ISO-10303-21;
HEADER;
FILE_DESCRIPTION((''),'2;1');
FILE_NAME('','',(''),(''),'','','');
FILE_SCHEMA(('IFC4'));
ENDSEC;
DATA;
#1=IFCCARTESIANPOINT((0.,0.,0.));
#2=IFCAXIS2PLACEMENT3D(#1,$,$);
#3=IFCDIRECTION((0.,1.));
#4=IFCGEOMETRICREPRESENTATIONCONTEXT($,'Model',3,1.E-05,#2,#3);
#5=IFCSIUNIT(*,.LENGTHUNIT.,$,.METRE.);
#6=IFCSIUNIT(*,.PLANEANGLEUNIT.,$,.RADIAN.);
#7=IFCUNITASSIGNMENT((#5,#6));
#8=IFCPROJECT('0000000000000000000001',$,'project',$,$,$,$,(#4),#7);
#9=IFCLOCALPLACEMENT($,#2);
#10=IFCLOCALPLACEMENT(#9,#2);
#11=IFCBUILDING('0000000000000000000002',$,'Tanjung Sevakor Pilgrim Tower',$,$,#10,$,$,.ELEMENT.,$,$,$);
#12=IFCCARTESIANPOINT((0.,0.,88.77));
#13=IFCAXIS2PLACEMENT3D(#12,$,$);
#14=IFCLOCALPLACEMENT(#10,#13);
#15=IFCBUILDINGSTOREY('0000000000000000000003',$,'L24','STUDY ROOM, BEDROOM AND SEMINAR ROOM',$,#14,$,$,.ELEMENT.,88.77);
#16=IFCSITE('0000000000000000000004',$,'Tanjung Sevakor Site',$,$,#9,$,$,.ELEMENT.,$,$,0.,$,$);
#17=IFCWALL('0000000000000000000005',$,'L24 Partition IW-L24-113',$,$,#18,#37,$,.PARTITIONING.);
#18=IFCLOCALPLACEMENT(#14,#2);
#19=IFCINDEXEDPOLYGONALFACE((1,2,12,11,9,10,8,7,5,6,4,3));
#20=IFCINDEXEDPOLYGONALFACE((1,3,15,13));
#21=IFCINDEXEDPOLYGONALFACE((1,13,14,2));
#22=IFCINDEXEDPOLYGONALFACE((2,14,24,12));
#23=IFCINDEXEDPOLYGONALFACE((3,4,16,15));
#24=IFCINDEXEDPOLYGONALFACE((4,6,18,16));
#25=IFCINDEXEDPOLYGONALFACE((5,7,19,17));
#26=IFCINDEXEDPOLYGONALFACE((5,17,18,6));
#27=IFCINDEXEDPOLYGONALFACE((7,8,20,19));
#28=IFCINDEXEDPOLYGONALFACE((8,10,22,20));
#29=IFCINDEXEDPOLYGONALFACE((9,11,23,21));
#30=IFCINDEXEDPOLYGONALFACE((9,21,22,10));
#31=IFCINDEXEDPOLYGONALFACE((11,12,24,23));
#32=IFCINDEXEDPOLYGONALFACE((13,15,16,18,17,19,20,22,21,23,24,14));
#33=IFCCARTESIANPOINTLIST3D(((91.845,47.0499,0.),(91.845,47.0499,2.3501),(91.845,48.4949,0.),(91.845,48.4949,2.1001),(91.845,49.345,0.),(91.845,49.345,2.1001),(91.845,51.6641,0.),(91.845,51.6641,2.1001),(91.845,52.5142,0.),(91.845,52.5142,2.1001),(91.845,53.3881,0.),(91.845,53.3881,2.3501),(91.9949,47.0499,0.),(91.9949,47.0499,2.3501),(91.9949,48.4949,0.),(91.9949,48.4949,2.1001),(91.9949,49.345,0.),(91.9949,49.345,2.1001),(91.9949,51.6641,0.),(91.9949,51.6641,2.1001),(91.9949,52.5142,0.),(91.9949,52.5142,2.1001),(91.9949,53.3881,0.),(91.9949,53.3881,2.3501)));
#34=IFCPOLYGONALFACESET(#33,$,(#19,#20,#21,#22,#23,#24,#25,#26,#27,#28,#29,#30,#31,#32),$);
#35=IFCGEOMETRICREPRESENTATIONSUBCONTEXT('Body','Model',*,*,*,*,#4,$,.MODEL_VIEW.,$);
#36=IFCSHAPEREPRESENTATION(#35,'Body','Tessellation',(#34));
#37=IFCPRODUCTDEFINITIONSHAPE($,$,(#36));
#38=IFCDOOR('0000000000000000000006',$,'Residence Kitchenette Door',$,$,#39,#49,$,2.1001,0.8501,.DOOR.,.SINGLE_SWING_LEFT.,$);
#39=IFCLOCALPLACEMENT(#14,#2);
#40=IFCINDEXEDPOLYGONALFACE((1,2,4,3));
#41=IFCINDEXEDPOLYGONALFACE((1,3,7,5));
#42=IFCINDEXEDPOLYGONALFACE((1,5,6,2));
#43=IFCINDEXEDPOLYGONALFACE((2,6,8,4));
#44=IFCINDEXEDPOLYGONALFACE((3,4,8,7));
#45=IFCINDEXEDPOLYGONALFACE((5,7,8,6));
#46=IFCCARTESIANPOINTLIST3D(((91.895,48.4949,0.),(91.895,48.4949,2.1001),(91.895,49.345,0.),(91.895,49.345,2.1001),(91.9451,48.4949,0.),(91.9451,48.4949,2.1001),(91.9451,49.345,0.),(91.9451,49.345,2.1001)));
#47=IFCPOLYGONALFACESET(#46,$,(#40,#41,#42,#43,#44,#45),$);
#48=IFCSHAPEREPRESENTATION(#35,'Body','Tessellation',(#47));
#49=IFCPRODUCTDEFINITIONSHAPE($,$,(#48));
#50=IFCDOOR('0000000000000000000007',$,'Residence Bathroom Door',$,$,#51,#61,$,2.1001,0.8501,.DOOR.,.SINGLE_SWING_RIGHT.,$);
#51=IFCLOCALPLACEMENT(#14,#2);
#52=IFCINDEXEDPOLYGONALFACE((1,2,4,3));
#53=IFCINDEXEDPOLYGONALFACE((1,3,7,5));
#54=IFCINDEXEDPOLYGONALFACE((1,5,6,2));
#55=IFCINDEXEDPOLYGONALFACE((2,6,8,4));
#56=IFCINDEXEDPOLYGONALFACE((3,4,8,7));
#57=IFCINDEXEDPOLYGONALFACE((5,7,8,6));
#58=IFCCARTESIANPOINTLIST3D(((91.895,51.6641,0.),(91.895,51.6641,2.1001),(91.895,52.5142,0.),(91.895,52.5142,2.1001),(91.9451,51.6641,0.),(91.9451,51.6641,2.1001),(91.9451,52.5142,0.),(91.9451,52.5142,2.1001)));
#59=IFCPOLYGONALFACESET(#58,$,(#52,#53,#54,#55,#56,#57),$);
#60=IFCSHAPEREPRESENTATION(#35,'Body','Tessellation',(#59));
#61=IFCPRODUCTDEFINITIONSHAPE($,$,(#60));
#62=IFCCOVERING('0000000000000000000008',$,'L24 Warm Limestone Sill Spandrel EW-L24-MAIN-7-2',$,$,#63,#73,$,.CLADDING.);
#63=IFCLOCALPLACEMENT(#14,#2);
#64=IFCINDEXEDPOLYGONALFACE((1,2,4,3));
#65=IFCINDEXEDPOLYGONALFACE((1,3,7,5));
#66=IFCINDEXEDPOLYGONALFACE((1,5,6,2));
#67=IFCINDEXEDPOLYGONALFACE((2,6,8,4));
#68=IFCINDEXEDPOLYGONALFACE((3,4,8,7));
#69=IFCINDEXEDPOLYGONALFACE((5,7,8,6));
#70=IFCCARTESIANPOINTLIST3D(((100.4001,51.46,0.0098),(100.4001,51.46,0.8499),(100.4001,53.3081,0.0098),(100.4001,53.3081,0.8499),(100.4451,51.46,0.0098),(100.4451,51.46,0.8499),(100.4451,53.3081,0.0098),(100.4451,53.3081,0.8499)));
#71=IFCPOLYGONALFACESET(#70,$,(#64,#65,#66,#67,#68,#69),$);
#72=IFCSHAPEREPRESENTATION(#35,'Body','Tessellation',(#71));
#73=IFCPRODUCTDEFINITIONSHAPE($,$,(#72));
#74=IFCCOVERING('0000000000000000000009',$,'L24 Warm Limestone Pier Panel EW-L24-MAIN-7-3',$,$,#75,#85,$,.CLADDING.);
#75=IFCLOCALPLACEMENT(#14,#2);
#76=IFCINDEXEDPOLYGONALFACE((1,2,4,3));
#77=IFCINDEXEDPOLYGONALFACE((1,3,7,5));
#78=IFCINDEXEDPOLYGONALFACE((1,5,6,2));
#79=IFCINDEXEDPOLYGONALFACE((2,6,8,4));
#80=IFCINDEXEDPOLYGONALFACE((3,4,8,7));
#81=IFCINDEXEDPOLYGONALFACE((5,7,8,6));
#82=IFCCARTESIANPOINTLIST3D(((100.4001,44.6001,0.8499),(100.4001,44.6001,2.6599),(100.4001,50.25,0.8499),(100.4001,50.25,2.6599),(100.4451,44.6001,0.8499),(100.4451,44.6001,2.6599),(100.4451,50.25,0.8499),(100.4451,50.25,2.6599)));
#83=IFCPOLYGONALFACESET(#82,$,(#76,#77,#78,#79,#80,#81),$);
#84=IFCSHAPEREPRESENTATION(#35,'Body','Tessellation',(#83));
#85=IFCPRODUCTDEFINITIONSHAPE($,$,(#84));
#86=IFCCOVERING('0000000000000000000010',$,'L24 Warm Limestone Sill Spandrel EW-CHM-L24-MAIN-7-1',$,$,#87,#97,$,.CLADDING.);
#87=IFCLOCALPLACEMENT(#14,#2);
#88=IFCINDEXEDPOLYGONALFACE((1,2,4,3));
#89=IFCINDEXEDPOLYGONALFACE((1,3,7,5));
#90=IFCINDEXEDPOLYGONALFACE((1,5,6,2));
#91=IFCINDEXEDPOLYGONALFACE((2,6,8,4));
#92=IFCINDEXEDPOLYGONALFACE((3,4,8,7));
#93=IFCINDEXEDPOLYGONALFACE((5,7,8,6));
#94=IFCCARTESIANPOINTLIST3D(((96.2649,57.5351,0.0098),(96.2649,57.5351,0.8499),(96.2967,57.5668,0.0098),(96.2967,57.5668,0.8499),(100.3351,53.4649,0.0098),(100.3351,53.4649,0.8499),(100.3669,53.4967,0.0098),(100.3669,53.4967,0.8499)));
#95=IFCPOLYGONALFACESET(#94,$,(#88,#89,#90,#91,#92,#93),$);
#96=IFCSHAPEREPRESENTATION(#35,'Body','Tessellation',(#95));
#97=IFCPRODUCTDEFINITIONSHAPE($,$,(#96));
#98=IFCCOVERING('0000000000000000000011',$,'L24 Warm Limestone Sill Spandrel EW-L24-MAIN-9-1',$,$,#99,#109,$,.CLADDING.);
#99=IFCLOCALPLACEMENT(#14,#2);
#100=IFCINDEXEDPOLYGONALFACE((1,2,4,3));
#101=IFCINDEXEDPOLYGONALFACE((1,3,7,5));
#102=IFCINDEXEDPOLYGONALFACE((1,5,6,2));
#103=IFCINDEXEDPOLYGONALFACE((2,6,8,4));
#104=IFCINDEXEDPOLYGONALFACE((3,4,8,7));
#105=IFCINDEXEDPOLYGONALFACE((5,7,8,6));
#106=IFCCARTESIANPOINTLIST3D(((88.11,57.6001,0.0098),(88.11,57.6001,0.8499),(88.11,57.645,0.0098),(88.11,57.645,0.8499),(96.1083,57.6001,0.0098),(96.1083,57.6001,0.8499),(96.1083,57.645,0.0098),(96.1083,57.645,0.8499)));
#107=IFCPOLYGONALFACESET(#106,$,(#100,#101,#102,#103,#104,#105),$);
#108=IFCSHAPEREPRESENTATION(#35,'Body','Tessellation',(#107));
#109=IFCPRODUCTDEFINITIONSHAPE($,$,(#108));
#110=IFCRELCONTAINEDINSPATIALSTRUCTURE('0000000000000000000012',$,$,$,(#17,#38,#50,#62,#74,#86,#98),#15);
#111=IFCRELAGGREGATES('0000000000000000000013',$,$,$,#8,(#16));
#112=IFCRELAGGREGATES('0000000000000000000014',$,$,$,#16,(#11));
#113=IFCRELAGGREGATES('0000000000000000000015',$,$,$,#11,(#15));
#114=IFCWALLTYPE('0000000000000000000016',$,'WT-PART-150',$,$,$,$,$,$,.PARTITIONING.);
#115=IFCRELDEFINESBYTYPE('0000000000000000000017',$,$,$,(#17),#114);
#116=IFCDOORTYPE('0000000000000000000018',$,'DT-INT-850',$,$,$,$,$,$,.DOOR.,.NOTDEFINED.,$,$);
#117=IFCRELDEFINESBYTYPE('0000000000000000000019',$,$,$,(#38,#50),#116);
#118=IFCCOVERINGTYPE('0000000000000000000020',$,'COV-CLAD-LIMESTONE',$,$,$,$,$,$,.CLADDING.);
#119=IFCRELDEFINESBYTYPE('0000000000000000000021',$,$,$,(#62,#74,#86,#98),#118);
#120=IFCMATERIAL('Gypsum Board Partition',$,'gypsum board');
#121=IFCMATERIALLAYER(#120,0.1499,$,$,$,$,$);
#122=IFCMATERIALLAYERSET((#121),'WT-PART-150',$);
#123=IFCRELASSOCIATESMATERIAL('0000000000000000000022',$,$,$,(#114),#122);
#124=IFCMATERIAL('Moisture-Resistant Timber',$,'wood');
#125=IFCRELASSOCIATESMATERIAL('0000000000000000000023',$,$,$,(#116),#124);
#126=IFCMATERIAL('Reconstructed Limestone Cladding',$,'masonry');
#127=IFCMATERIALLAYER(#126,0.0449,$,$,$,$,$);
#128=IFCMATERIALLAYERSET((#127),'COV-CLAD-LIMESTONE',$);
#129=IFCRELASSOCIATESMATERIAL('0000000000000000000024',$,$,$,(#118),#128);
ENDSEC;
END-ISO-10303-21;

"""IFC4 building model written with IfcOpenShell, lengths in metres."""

from ifc_helpers import new_model, si_unit, direction, frame, frame_2d, origin, origin_2d, place, context, subcontext, project, spatial, rectangle, extrude, material, layer, layer_set, type_object, element, fill, save


model = new_model("IFC4")

# Units and contexts
model_context = context("Model", 3, precision=1e-05, world=origin(), true_north=direction((0.0, 1.0)))
body_context = subcontext(model_context, "Body", "Model", "MODEL_VIEW")
ifc_project = project(units=[si_unit("LENGTHUNIT", "METRE"), si_unit("PLANEANGLEUNIT", "RADIAN")], contexts=[model_context])

# Site, building, storey
site_placement = place(None, origin())
site = spatial("IfcSite", under=ifc_project, at=site_placement, Name="Tanjung Sevakor Site", CompositionType="ELEMENT", RefElevation=0.0)
building_placement = place(site_placement, origin())
building = spatial("IfcBuilding", under=site, at=building_placement, Name="Tanjung Sevakor Pilgrim Tower", CompositionType="ELEMENT")
storey_placement = place(building_placement, frame((0.0, 0.0, 88.77)))
storey = spatial("IfcBuildingStorey", under=building, at=storey_placement, Name="L24", Description="STUDY ROOM, BEDROOM AND SEMINAR ROOM", CompositionType="ELEMENT", Elevation=88.77)

# Wall, openings, doors
ifc_material_1 = material(Name="Gypsum Board Partition", Category="gypsum board")
ifc_layer_1 = layer(ifc_material_1, 0.1499)
ifc_layer_set_1 = layer_set([ifc_layer_1], Name="WT-PART-150")
wall_type_1 = type_object("IfcWallType", Name="WT-PART-150", PredefinedType="PARTITIONING", material=ifc_layer_set_1)
wall_1_placement = place(storey_placement, frame((91.9199, 47.05, 0.0), z_axis=(0.0, 0.0, 1.0), x_axis=(0.0, 1.0, 0.0)))
wall_1 = element("IfcWall", 1, at=wall_1_placement, inside=storey, type_object=wall_type_1, Name="L24 Partition IW-L24-113", PredefinedType="PARTITIONING", context=body_context, shape_type="SweptSolid", body=[
    extrude(rectangle(XDim=6.3381, YDim=0.1499, at=frame_2d((3.1689, 0.0))), origin(), (0.0, 0.0, 1.0), 2.3501),
])
opening_1_placement = place(wall_1_placement, frame((1.4448, 0.0, 0.0)))
opening_1 = element("IfcOpeningElement", 2, at=opening_1_placement, cuts=wall_1, PredefinedType="OPENING", context=body_context, shape_type="SweptSolid", body=[
    extrude(rectangle(XDim=0.8501, YDim=2.1001, at=frame_2d((0.425, 1.05))), frame((0.0, 0.085, 0.0), z_axis=(0.0, -1.0, 0.0), x_axis=(1.0, 0.0, 0.0)), (0.0, 0.0, 1.0), 0.1699),
])
opening_2_placement = place(wall_1_placement, frame((4.614, 0.0, 0.0)))
opening_2 = element("IfcOpeningElement", 3, at=opening_2_placement, cuts=wall_1, PredefinedType="OPENING", context=body_context, shape_type="SweptSolid", body=[
    extrude(rectangle(XDim=0.8501, YDim=2.1001, at=frame_2d((0.425, 1.05))), frame((0.0, 0.085, 0.0), z_axis=(0.0, -1.0, 0.0), x_axis=(1.0, 0.0, 0.0)), (0.0, 0.0, 1.0), 0.1699),
])
ifc_material_2 = material(Name="Moisture-Resistant Timber", Category="wood")
door_type_1 = type_object("IfcDoorType", Name="DT-INT-850", OperationType="NOTDEFINED", PredefinedType="DOOR", material=ifc_material_2)
door_1_placement = place(opening_1_placement, origin())
door_1 = element("IfcDoor", 4, at=door_1_placement, inside=storey, type_object=door_type_1, Name="Residence Kitchenette Door", OperationType="SINGLE_SWING_LEFT", OverallHeight=2.1001, OverallWidth=0.8501, PredefinedType="DOOR", context=body_context, shape_type="SweptSolid", body=[
    extrude(rectangle(XDim=0.8501, YDim=2.1001, at=frame_2d((0.425, 1.05))), frame((0.0, 0.0249, 0.0), z_axis=(0.0, -1.0, 0.0), x_axis=(1.0, 0.0, 0.0)), (0.0, 0.0, 1.0), 0.05),
])
fill(opening_1, door_1)
door_2_placement = place(opening_2_placement, origin())
door_2 = element("IfcDoor", 5, at=door_2_placement, inside=storey, type_object=door_type_1, Name="Residence Bathroom Door", OperationType="SINGLE_SWING_RIGHT", OverallHeight=2.1001, OverallWidth=0.8501, PredefinedType="DOOR", context=body_context, shape_type="SweptSolid", body=[
    extrude(rectangle(XDim=0.8501, YDim=2.1001, at=frame_2d((0.425, 1.05))), frame((0.0, 0.0249, 0.0), z_axis=(0.0, -1.0, 0.0), x_axis=(1.0, 0.0, 0.0)), (0.0, 0.0, 1.0), 0.05),
])
fill(opening_2, door_2)

# Coverings
ifc_material_3 = material(Name="Reconstructed Limestone Cladding", Category="masonry")
ifc_layer_2 = layer(ifc_material_3, 0.0449)
ifc_layer_set_2 = layer_set([ifc_layer_2], Name="COV-CLAD-LIMESTONE")
covering_type = type_object("IfcCoveringType", Name="COV-CLAD-LIMESTONE", PredefinedType="CLADDING", material=ifc_layer_set_2)
covering_1_placement = place(storey_placement, frame((100.4226, 52.384, 0.0098), z_axis=(0.0, 0.0, 1.0), x_axis=(0.0, 1.0, 0.0)))
element("IfcCovering", 6, at=covering_1_placement, inside=storey, type_object=covering_type, Name="L24 Warm Limestone Sill Spandrel EW-L24-MAIN-7-2", PredefinedType="CLADDING", context=body_context, shape_type="SweptSolid", body=[
    extrude(rectangle(XDim=1.8481, YDim=0.0449, at=origin_2d()), origin(), (0.0, 0.0, 1.0), 0.8401),
])
covering_2_placement = place(storey_placement, frame((100.4226, 47.425, 0.8499), z_axis=(0.0, 0.0, 1.0), x_axis=(0.0, 1.0, 0.0)))
element("IfcCovering", 7, at=covering_2_placement, inside=storey, type_object=covering_type, Name="L24 Warm Limestone Pier Panel EW-L24-MAIN-7-3", PredefinedType="CLADDING", context=body_context, shape_type="SweptSolid", body=[
    extrude(rectangle(XDim=5.6499, YDim=0.0449, at=origin_2d()), origin(), (0.0, 0.0, 1.0), 1.8101),
])
covering_3_placement = place(storey_placement, frame((98.3159, 55.5159, 0.0098), z_axis=(0.0, 0.0, 1.0), x_axis=(-0.707107, 0.707107, 0.0)))
element("IfcCovering", 8, at=covering_3_placement, inside=storey, type_object=covering_type, Name="L24 Warm Limestone Sill Spandrel EW-CHM-L24-MAIN-7-1", PredefinedType="CLADDING", context=body_context, shape_type="SweptSolid", body=[
    extrude(rectangle(XDim=5.7561, YDim=0.0449, at=origin_2d()), origin(), (0.0, 0.0, 1.0), 0.8401),
])
covering_4_placement = place(storey_placement, frame((92.1091, 57.6226, 0.0098), z_axis=(0.0, 0.0, 1.0), x_axis=(-1.0, 0.0, 0.0)))
element("IfcCovering", 9, at=covering_4_placement, inside=storey, type_object=covering_type, Name="L24 Warm Limestone Sill Spandrel EW-L24-MAIN-9-1", PredefinedType="CLADDING", context=body_context, shape_type="SweptSolid", body=[
    extrude(rectangle(XDim=7.9983, YDim=0.0449, at=origin_2d()), origin(), (0.0, 0.0, 1.0), 0.8401),
])

save(model, "model.ifc")
